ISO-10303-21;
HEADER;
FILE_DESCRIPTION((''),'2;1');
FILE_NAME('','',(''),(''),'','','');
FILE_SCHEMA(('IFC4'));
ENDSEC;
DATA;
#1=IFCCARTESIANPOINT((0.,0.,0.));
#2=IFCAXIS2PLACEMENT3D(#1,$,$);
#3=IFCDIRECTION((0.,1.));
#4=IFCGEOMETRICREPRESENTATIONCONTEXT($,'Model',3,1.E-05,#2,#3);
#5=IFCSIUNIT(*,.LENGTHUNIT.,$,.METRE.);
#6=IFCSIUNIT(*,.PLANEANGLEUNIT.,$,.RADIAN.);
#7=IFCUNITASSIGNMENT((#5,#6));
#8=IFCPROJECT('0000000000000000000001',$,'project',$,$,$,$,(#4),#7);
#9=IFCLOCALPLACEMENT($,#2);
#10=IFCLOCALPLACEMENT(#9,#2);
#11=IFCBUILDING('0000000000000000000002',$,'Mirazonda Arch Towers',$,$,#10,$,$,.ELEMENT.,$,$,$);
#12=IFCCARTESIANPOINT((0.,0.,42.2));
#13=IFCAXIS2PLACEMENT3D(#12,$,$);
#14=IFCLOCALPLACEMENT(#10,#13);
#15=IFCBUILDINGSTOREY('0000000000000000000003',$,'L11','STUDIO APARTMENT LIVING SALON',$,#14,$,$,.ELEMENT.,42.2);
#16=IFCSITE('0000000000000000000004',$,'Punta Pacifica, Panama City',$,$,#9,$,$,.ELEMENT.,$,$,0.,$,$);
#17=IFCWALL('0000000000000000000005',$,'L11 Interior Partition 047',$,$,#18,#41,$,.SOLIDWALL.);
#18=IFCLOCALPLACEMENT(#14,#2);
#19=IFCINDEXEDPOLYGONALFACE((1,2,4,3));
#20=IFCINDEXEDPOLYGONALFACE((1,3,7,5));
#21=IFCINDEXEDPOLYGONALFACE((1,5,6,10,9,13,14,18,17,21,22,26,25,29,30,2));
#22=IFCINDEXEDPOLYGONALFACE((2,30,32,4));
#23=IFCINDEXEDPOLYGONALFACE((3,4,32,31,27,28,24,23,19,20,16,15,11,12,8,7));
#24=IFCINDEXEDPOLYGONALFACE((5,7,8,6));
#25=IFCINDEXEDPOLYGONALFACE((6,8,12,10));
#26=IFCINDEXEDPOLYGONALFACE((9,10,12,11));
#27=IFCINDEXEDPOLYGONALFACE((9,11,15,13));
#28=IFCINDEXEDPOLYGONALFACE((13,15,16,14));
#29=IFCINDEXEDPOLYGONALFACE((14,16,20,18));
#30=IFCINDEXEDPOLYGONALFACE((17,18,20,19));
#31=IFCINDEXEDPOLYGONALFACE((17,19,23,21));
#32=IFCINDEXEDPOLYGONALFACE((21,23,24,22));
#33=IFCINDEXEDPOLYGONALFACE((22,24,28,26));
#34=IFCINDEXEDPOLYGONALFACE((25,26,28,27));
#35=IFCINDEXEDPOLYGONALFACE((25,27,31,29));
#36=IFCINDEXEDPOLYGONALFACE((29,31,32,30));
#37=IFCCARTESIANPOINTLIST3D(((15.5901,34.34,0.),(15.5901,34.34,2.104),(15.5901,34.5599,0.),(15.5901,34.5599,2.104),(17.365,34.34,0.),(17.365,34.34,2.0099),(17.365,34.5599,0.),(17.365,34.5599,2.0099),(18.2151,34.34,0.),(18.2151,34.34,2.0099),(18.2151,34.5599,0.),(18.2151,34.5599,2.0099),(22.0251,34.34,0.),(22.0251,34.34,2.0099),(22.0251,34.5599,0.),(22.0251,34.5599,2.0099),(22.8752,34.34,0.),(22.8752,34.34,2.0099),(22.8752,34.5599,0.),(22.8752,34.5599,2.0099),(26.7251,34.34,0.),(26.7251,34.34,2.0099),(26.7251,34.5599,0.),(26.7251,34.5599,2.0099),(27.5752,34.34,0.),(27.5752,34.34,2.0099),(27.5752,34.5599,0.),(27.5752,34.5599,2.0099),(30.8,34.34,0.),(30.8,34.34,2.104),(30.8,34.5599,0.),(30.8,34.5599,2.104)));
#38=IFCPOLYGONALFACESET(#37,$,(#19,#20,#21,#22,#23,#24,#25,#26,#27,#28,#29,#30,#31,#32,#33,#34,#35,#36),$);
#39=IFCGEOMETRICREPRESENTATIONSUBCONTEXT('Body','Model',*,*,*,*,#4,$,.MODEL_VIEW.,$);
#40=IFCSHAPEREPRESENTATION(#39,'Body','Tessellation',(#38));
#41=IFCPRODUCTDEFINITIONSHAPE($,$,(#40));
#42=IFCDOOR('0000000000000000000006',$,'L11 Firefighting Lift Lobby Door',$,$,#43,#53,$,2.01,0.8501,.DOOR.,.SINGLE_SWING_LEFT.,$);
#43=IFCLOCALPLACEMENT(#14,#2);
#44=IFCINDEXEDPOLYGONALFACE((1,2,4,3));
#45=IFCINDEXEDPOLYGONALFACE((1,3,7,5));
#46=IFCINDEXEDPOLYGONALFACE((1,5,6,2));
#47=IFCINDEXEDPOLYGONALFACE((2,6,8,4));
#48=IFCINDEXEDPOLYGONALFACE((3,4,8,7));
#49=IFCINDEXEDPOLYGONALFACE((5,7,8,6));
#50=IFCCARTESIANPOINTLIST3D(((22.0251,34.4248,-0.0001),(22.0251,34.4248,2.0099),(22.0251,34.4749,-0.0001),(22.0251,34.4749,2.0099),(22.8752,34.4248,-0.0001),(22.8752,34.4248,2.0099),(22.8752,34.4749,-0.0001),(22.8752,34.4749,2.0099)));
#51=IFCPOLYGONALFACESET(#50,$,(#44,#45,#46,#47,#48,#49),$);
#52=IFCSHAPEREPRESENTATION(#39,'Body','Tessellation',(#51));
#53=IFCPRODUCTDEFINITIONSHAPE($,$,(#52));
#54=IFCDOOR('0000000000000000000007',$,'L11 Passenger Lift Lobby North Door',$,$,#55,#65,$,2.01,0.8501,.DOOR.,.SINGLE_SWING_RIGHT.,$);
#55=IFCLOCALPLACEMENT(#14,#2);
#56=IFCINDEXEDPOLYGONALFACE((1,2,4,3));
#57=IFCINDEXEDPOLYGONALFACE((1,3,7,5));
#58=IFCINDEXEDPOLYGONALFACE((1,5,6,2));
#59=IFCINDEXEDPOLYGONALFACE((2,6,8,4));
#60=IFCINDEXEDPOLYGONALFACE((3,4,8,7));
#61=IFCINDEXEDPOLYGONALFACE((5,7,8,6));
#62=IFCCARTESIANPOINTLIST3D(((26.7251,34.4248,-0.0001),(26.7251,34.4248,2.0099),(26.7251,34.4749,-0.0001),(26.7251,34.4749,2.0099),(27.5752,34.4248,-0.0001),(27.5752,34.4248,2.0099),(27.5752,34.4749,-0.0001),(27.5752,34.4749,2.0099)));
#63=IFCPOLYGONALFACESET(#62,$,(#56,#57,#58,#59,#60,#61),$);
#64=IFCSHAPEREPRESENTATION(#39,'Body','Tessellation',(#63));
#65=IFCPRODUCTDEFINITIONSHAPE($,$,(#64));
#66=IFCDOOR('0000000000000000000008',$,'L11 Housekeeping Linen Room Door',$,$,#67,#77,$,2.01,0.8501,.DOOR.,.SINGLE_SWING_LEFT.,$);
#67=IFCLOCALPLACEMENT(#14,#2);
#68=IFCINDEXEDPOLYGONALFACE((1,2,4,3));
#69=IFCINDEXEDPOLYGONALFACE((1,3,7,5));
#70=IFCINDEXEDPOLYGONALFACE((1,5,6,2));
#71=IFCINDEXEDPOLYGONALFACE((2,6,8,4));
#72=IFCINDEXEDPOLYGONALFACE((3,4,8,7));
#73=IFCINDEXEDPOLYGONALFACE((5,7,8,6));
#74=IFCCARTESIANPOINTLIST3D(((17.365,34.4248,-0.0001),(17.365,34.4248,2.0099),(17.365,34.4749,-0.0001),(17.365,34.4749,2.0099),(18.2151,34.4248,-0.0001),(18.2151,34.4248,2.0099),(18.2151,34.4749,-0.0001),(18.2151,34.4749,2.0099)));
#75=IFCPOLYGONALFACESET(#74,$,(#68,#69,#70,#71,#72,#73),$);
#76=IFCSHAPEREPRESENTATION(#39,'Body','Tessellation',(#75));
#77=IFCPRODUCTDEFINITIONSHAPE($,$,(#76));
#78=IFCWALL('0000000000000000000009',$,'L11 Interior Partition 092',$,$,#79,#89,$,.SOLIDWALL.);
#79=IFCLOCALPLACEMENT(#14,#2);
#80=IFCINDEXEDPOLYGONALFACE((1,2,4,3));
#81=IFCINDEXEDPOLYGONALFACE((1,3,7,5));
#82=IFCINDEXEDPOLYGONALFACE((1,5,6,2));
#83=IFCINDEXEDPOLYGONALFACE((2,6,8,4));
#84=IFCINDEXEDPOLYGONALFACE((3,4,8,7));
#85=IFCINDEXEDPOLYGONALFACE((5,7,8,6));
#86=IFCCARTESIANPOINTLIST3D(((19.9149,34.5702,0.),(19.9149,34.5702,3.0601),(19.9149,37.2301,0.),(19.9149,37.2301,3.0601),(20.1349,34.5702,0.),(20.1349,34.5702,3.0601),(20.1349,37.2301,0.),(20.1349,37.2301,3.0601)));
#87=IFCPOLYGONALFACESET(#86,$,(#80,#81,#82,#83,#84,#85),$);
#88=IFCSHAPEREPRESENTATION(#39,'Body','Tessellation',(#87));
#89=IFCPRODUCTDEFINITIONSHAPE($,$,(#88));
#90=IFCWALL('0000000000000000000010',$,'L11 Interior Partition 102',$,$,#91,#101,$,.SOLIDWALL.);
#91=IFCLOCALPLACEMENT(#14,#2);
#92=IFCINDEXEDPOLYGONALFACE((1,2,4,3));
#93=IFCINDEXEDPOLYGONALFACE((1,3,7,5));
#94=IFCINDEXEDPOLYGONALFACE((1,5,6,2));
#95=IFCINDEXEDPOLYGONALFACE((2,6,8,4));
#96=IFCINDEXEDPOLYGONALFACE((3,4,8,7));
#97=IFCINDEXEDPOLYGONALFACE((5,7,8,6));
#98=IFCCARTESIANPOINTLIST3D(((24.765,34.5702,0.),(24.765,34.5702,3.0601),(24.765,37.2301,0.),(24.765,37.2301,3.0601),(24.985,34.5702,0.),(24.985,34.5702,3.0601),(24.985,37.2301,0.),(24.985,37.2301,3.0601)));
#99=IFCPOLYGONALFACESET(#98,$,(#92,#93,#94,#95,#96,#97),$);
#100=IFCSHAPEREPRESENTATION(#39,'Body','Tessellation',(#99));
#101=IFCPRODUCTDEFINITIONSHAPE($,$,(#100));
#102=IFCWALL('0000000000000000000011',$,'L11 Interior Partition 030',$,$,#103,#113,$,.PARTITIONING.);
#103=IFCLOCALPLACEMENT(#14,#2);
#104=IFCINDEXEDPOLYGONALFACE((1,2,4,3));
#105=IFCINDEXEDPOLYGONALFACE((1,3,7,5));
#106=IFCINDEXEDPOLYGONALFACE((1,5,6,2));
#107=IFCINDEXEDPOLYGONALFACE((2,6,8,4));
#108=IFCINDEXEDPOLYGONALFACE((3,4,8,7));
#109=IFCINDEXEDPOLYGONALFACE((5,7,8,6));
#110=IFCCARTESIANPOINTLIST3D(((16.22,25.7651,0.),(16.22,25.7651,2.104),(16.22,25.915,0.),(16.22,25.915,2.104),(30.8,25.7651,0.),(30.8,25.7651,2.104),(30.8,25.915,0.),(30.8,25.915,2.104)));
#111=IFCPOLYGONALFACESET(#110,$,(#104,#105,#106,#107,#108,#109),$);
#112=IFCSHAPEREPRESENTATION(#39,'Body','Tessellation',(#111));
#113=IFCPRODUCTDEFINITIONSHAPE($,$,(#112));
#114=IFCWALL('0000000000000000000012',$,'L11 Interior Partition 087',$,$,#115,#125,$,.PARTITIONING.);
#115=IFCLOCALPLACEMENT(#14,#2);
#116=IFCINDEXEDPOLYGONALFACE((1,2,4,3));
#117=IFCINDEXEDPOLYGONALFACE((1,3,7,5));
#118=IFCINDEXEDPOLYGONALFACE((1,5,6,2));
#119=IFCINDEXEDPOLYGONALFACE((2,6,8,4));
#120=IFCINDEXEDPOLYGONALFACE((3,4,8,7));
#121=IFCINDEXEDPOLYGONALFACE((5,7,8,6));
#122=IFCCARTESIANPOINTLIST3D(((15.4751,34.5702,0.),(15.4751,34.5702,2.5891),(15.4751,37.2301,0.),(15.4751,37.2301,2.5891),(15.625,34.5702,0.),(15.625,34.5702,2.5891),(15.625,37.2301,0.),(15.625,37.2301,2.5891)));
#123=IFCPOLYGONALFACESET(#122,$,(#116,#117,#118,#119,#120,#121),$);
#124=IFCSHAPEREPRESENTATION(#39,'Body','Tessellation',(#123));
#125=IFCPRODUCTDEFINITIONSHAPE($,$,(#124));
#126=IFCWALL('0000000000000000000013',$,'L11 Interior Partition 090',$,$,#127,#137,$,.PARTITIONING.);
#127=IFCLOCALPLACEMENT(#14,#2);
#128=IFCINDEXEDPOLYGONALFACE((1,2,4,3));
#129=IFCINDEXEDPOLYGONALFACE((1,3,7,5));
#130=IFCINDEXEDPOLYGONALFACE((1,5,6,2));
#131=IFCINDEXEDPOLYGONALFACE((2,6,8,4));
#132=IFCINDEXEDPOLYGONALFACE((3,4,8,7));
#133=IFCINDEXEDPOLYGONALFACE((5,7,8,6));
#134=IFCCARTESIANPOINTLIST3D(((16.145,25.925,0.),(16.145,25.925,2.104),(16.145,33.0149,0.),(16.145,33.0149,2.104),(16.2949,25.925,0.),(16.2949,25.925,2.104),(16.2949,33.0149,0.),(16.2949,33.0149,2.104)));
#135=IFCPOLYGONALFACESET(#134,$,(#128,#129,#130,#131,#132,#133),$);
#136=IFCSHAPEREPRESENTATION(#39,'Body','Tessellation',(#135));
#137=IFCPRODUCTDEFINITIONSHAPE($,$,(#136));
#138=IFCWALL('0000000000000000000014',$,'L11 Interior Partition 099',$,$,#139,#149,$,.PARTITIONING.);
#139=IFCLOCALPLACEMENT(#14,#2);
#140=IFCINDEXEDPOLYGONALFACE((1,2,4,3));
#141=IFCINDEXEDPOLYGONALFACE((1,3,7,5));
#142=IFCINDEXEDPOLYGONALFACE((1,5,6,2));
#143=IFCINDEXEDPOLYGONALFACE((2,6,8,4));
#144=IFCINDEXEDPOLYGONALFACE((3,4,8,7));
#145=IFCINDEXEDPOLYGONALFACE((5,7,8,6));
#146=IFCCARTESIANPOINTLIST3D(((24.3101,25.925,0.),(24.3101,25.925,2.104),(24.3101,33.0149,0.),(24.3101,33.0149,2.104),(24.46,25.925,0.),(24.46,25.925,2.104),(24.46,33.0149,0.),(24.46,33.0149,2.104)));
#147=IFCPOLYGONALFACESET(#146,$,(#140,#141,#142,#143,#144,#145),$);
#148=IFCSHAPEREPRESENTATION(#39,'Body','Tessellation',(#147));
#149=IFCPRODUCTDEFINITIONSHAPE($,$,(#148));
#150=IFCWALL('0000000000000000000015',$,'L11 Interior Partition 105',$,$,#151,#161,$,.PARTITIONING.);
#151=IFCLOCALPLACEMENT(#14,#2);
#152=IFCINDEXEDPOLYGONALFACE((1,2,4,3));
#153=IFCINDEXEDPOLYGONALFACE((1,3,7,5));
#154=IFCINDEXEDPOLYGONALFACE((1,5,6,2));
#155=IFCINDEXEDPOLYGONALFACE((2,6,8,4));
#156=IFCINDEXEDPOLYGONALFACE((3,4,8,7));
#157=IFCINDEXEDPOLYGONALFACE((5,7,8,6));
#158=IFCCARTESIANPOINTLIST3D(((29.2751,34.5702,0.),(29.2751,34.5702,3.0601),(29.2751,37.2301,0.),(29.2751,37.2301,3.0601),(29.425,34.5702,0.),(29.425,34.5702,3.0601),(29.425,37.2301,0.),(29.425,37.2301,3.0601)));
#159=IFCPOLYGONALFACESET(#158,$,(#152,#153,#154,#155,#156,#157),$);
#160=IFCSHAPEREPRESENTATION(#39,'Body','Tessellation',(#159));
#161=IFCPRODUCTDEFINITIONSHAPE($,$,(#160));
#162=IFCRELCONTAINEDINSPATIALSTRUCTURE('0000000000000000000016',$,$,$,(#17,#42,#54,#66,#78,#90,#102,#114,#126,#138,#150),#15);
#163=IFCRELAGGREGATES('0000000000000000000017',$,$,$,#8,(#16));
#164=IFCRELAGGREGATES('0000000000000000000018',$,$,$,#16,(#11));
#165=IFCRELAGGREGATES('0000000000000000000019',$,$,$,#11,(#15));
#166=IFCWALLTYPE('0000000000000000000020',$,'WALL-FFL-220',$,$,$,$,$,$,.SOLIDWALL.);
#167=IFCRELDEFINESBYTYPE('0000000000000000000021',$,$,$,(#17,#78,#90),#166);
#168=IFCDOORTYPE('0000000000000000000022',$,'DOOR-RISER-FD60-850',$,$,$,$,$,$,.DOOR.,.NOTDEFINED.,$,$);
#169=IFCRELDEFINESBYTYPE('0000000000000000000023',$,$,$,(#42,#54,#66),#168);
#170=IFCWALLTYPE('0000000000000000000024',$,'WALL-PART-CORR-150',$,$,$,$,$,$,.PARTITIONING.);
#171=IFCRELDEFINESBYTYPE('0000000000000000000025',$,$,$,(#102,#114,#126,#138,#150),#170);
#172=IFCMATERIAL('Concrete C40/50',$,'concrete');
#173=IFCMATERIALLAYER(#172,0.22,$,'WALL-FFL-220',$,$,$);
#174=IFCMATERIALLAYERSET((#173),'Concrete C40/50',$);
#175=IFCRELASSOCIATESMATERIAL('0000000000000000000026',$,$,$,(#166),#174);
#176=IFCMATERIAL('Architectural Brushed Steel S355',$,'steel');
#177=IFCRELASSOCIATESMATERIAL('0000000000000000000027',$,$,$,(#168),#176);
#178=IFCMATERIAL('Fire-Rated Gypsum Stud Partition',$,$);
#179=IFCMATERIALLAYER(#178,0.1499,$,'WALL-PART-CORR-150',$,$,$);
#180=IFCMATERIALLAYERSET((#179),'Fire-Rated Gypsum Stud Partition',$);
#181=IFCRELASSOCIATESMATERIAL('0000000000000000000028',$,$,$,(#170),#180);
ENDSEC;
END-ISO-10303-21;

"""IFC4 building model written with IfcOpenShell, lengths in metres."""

from ifc_helpers import new_model, si_unit, direction, frame, frame_2d, origin, place, context, subcontext, project, spatial, rectangle, extrude, material, layer, layer_set, type_object, element, fill, save


model = new_model("IFC4")

# Units and contexts
model_context = context("Model", 3, precision=1e-05, world=origin(), true_north=direction((0.0, 1.0)))
body_context = subcontext(model_context, "Body", "Model", "MODEL_VIEW")
ifc_project = project(units=[si_unit("LENGTHUNIT", "METRE"), si_unit("PLANEANGLEUNIT", "RADIAN")], contexts=[model_context])

# Site, building, storey
site_placement = place(None, origin())
site = spatial("IfcSite", under=ifc_project, at=site_placement, Name="Punta Pacifica, Panama City", CompositionType="ELEMENT", RefElevation=0.0)
building_placement = place(site_placement, origin())
building = spatial("IfcBuilding", under=site, at=building_placement, Name="Mirazonda Arch Towers", CompositionType="ELEMENT")
storey_placement = place(building_placement, frame((0.0, 0.0, 42.2)))
storey = spatial("IfcBuildingStorey", under=building, at=storey_placement, Name="L11", Description="STUDIO APARTMENT LIVING SALON", CompositionType="ELEMENT", Elevation=42.2)

# Wall, openings, doors
ifc_material_1 = material(Name="Concrete C40/50", Category="concrete")
ifc_layer_1 = layer(ifc_material_1, 0.22, Name="WALL-FFL-220")
ifc_layer_set_1 = layer_set([ifc_layer_1], Name="Concrete C40/50")
wall_type_1 = type_object("IfcWallType", Name="WALL-FFL-220", PredefinedType="SOLIDWALL", material=ifc_layer_set_1)
wall_1_placement = place(storey_placement, frame((15.5901, 34.45, 0.0), z_axis=(0.0, 0.0, 1.0), x_axis=(1.0, 0.0, 0.0)))
wall_1 = element("IfcWall", 1, at=wall_1_placement, inside=storey, type_object=wall_type_1, Name="L11 Interior Partition 047", PredefinedType="SOLIDWALL", context=body_context, shape_type="SweptSolid", body=[
    extrude(rectangle(XDim=15.21, YDim=0.22, at=frame_2d((7.605, 0.0))), origin(), (0.0, 0.0, 1.0), 2.104),
])
opening_1_placement = place(wall_1_placement, frame((6.4351, 0.0, 0.0)))
opening_1 = element("IfcOpeningElement", 2, at=opening_1_placement, cuts=wall_1, PredefinedType="OPENING", context=body_context, shape_type="SweptSolid", body=[
    extrude(rectangle(XDim=0.8501, YDim=2.01, at=frame_2d((0.425, 1.0049))), frame((0.0, 0.1199, 0.0), z_axis=(0.0, -1.0, 0.0), x_axis=(1.0, 0.0, 0.0)), (0.0, 0.0, 1.0), 0.24),
])
opening_2_placement = place(wall_1_placement, frame((11.135, 0.0, 0.0)))
opening_2 = element("IfcOpeningElement", 3, at=opening_2_placement, cuts=wall_1, PredefinedType="OPENING", context=body_context, shape_type="SweptSolid", body=[
    extrude(rectangle(XDim=0.8501, YDim=2.01, at=frame_2d((0.425, 1.0049))), frame((0.0, 0.1199, 0.0), z_axis=(0.0, -1.0, 0.0), x_axis=(1.0, 0.0, 0.0)), (0.0, 0.0, 1.0), 0.24),
])
opening_3_placement = place(wall_1_placement, frame((1.7749, 0.0, 0.0)))
opening_3 = element("IfcOpeningElement", 4, at=opening_3_placement, cuts=wall_1, PredefinedType="OPENING", context=body_context, shape_type="SweptSolid", body=[
    extrude(rectangle(XDim=0.8501, YDim=2.01, at=frame_2d((0.425, 1.0049))), frame((0.0, 0.1199, 0.0), z_axis=(0.0, -1.0, 0.0), x_axis=(1.0, 0.0, 0.0)), (0.0, 0.0, 1.0), 0.24),
])
ifc_material_2 = material(Name="Architectural Brushed Steel S355", Category="steel")
door_type = type_object("IfcDoorType", Name="DOOR-RISER-FD60-850", OperationType="NOTDEFINED", PredefinedType="DOOR", material=ifc_material_2)
door_1_placement = place(opening_1_placement, origin())
door_1 = element("IfcDoor", 5, at=door_1_placement, inside=storey, type_object=door_type, Name="L11 Firefighting Lift Lobby Door", OperationType="SINGLE_SWING_LEFT", OverallHeight=2.01, OverallWidth=0.8501, PredefinedType="DOOR", context=body_context, shape_type="SweptSolid", body=[
    extrude(rectangle(XDim=0.8501, YDim=2.01, at=frame_2d((0.425, 1.0049))), frame((0.0, 0.0249, 0.0), z_axis=(0.0, -1.0, 0.0), x_axis=(1.0, 0.0, 0.0)), (0.0, 0.0, 1.0), 0.05),
])
fill(opening_1, door_1)
door_2_placement = place(opening_2_placement, origin())
door_2 = element("IfcDoor", 6, at=door_2_placement, inside=storey, type_object=door_type, Name="L11 Passenger Lift Lobby North Door", OperationType="SINGLE_SWING_RIGHT", OverallHeight=2.01, OverallWidth=0.8501, PredefinedType="DOOR", context=body_context, shape_type="SweptSolid", body=[
    extrude(rectangle(XDim=0.8501, YDim=2.01, at=frame_2d((0.425, 1.0049))), frame((0.0, 0.0249, 0.0), z_axis=(0.0, -1.0, 0.0), x_axis=(1.0, 0.0, 0.0)), (0.0, 0.0, 1.0), 0.05),
])
fill(opening_2, door_2)
door_3_placement = place(opening_3_placement, origin())
door_3 = element("IfcDoor", 7, at=door_3_placement, inside=storey, type_object=door_type, Name="L11 Housekeeping Linen Room Door", OperationType="SINGLE_SWING_LEFT", OverallHeight=2.01, OverallWidth=0.8501, PredefinedType="DOOR", context=body_context, shape_type="SweptSolid", body=[
    extrude(rectangle(XDim=0.8501, YDim=2.01, at=frame_2d((0.425, 1.0049))), frame((0.0, 0.0249, 0.0), z_axis=(0.0, -1.0, 0.0), x_axis=(1.0, 0.0, 0.0)), (0.0, 0.0, 1.0), 0.05),
])
fill(opening_3, door_3)

# Walls
for number, where, z_axis, x_axis, name in (
    (8, (20.0249, 34.5701, 0.0), (0.0, 0.0, 1.0), (0.0, 1.0, 0.0), "L11 Interior Partition 092"),
    (9, (24.875, 34.5701, 0.0), (0.0, 0.0, 1.0), (0.0, 1.0, 0.0), "L11 Interior Partition 102"),
):
    element("IfcWall", number, at=place(storey_placement, frame(where, z_axis=z_axis, x_axis=x_axis)), inside=storey, type_object=wall_type_1, Name=name, PredefinedType="SOLIDWALL", context=body_context, shape_type="SweptSolid", body=[
        extrude(rectangle(XDim=2.6599, YDim=0.22, at=frame_2d((1.3301, 0.0))), origin(), (0.0, 0.0, 1.0), 3.0601),
    ])
ifc_material_3 = material(Name="Fire-Rated Gypsum Stud Partition")
ifc_layer_2 = layer(ifc_material_3, 0.1499, Name="WALL-PART-CORR-150")
ifc_layer_set_2 = layer_set([ifc_layer_2], Name="Fire-Rated Gypsum Stud Partition")
wall_type_2 = type_object("IfcWallType", Name="WALL-PART-CORR-150", PredefinedType="PARTITIONING", material=ifc_layer_set_2)
wall_2_placement = place(storey_placement, frame((16.22, 25.8401, 0.0), z_axis=(0.0, 0.0, 1.0), x_axis=(1.0, 0.0, 0.0)))
element("IfcWall", 10, at=wall_2_placement, inside=storey, type_object=wall_type_2, Name="L11 Interior Partition 030", PredefinedType="PARTITIONING", context=body_context, shape_type="SweptSolid", body=[
    extrude(rectangle(XDim=14.5801, YDim=0.1499, at=frame_2d((7.29, 0.0))), origin(), (0.0, 0.0, 1.0), 2.104),
])
wall_3_placement = place(storey_placement, frame((15.55, 34.5701, 0.0), z_axis=(0.0, 0.0, 1.0), x_axis=(0.0, 1.0, 0.0)))
element("IfcWall", 11, at=wall_3_placement, inside=storey, type_object=wall_type_2, Name="L11 Interior Partition 087", PredefinedType="PARTITIONING", context=body_context, shape_type="SweptSolid", body=[
    extrude(rectangle(XDim=2.6599, YDim=0.1499, at=frame_2d((1.3301, 0.0))), origin(), (0.0, 0.0, 1.0), 2.5891),
])
for number, where, z_axis, x_axis, name in (
    (12, (16.22, 25.925, 0.0), (0.0, 0.0, 1.0), (0.0, 1.0, 0.0), "L11 Interior Partition 090"),
    (13, (24.385, 25.925, 0.0), (0.0, 0.0, 1.0), (0.0, 1.0, 0.0), "L11 Interior Partition 099"),
):
    element("IfcWall", number, at=place(storey_placement, frame(where, z_axis=z_axis, x_axis=x_axis)), inside=storey, type_object=wall_type_2, Name=name, PredefinedType="PARTITIONING", context=body_context, shape_type="SweptSolid", body=[
        extrude(rectangle(XDim=7.0898, YDim=0.1499, at=frame_2d((3.5449, 0.0))), origin(), (0.0, 0.0, 1.0), 2.104),
    ])
wall_4_placement = place(storey_placement, frame((29.3501, 34.5701, 0.0), z_axis=(0.0, 0.0, 1.0), x_axis=(0.0, 1.0, 0.0)))
element("IfcWall", 14, at=wall_4_placement, inside=storey, type_object=wall_type_2, Name="L11 Interior Partition 105", PredefinedType="PARTITIONING", context=body_context, shape_type="SweptSolid", body=[
    extrude(rectangle(XDim=2.6599, YDim=0.1499, at=frame_2d((1.3301, 0.0))), origin(), (0.0, 0.0, 1.0), 3.0601),
])

save(model, "model.ifc")
